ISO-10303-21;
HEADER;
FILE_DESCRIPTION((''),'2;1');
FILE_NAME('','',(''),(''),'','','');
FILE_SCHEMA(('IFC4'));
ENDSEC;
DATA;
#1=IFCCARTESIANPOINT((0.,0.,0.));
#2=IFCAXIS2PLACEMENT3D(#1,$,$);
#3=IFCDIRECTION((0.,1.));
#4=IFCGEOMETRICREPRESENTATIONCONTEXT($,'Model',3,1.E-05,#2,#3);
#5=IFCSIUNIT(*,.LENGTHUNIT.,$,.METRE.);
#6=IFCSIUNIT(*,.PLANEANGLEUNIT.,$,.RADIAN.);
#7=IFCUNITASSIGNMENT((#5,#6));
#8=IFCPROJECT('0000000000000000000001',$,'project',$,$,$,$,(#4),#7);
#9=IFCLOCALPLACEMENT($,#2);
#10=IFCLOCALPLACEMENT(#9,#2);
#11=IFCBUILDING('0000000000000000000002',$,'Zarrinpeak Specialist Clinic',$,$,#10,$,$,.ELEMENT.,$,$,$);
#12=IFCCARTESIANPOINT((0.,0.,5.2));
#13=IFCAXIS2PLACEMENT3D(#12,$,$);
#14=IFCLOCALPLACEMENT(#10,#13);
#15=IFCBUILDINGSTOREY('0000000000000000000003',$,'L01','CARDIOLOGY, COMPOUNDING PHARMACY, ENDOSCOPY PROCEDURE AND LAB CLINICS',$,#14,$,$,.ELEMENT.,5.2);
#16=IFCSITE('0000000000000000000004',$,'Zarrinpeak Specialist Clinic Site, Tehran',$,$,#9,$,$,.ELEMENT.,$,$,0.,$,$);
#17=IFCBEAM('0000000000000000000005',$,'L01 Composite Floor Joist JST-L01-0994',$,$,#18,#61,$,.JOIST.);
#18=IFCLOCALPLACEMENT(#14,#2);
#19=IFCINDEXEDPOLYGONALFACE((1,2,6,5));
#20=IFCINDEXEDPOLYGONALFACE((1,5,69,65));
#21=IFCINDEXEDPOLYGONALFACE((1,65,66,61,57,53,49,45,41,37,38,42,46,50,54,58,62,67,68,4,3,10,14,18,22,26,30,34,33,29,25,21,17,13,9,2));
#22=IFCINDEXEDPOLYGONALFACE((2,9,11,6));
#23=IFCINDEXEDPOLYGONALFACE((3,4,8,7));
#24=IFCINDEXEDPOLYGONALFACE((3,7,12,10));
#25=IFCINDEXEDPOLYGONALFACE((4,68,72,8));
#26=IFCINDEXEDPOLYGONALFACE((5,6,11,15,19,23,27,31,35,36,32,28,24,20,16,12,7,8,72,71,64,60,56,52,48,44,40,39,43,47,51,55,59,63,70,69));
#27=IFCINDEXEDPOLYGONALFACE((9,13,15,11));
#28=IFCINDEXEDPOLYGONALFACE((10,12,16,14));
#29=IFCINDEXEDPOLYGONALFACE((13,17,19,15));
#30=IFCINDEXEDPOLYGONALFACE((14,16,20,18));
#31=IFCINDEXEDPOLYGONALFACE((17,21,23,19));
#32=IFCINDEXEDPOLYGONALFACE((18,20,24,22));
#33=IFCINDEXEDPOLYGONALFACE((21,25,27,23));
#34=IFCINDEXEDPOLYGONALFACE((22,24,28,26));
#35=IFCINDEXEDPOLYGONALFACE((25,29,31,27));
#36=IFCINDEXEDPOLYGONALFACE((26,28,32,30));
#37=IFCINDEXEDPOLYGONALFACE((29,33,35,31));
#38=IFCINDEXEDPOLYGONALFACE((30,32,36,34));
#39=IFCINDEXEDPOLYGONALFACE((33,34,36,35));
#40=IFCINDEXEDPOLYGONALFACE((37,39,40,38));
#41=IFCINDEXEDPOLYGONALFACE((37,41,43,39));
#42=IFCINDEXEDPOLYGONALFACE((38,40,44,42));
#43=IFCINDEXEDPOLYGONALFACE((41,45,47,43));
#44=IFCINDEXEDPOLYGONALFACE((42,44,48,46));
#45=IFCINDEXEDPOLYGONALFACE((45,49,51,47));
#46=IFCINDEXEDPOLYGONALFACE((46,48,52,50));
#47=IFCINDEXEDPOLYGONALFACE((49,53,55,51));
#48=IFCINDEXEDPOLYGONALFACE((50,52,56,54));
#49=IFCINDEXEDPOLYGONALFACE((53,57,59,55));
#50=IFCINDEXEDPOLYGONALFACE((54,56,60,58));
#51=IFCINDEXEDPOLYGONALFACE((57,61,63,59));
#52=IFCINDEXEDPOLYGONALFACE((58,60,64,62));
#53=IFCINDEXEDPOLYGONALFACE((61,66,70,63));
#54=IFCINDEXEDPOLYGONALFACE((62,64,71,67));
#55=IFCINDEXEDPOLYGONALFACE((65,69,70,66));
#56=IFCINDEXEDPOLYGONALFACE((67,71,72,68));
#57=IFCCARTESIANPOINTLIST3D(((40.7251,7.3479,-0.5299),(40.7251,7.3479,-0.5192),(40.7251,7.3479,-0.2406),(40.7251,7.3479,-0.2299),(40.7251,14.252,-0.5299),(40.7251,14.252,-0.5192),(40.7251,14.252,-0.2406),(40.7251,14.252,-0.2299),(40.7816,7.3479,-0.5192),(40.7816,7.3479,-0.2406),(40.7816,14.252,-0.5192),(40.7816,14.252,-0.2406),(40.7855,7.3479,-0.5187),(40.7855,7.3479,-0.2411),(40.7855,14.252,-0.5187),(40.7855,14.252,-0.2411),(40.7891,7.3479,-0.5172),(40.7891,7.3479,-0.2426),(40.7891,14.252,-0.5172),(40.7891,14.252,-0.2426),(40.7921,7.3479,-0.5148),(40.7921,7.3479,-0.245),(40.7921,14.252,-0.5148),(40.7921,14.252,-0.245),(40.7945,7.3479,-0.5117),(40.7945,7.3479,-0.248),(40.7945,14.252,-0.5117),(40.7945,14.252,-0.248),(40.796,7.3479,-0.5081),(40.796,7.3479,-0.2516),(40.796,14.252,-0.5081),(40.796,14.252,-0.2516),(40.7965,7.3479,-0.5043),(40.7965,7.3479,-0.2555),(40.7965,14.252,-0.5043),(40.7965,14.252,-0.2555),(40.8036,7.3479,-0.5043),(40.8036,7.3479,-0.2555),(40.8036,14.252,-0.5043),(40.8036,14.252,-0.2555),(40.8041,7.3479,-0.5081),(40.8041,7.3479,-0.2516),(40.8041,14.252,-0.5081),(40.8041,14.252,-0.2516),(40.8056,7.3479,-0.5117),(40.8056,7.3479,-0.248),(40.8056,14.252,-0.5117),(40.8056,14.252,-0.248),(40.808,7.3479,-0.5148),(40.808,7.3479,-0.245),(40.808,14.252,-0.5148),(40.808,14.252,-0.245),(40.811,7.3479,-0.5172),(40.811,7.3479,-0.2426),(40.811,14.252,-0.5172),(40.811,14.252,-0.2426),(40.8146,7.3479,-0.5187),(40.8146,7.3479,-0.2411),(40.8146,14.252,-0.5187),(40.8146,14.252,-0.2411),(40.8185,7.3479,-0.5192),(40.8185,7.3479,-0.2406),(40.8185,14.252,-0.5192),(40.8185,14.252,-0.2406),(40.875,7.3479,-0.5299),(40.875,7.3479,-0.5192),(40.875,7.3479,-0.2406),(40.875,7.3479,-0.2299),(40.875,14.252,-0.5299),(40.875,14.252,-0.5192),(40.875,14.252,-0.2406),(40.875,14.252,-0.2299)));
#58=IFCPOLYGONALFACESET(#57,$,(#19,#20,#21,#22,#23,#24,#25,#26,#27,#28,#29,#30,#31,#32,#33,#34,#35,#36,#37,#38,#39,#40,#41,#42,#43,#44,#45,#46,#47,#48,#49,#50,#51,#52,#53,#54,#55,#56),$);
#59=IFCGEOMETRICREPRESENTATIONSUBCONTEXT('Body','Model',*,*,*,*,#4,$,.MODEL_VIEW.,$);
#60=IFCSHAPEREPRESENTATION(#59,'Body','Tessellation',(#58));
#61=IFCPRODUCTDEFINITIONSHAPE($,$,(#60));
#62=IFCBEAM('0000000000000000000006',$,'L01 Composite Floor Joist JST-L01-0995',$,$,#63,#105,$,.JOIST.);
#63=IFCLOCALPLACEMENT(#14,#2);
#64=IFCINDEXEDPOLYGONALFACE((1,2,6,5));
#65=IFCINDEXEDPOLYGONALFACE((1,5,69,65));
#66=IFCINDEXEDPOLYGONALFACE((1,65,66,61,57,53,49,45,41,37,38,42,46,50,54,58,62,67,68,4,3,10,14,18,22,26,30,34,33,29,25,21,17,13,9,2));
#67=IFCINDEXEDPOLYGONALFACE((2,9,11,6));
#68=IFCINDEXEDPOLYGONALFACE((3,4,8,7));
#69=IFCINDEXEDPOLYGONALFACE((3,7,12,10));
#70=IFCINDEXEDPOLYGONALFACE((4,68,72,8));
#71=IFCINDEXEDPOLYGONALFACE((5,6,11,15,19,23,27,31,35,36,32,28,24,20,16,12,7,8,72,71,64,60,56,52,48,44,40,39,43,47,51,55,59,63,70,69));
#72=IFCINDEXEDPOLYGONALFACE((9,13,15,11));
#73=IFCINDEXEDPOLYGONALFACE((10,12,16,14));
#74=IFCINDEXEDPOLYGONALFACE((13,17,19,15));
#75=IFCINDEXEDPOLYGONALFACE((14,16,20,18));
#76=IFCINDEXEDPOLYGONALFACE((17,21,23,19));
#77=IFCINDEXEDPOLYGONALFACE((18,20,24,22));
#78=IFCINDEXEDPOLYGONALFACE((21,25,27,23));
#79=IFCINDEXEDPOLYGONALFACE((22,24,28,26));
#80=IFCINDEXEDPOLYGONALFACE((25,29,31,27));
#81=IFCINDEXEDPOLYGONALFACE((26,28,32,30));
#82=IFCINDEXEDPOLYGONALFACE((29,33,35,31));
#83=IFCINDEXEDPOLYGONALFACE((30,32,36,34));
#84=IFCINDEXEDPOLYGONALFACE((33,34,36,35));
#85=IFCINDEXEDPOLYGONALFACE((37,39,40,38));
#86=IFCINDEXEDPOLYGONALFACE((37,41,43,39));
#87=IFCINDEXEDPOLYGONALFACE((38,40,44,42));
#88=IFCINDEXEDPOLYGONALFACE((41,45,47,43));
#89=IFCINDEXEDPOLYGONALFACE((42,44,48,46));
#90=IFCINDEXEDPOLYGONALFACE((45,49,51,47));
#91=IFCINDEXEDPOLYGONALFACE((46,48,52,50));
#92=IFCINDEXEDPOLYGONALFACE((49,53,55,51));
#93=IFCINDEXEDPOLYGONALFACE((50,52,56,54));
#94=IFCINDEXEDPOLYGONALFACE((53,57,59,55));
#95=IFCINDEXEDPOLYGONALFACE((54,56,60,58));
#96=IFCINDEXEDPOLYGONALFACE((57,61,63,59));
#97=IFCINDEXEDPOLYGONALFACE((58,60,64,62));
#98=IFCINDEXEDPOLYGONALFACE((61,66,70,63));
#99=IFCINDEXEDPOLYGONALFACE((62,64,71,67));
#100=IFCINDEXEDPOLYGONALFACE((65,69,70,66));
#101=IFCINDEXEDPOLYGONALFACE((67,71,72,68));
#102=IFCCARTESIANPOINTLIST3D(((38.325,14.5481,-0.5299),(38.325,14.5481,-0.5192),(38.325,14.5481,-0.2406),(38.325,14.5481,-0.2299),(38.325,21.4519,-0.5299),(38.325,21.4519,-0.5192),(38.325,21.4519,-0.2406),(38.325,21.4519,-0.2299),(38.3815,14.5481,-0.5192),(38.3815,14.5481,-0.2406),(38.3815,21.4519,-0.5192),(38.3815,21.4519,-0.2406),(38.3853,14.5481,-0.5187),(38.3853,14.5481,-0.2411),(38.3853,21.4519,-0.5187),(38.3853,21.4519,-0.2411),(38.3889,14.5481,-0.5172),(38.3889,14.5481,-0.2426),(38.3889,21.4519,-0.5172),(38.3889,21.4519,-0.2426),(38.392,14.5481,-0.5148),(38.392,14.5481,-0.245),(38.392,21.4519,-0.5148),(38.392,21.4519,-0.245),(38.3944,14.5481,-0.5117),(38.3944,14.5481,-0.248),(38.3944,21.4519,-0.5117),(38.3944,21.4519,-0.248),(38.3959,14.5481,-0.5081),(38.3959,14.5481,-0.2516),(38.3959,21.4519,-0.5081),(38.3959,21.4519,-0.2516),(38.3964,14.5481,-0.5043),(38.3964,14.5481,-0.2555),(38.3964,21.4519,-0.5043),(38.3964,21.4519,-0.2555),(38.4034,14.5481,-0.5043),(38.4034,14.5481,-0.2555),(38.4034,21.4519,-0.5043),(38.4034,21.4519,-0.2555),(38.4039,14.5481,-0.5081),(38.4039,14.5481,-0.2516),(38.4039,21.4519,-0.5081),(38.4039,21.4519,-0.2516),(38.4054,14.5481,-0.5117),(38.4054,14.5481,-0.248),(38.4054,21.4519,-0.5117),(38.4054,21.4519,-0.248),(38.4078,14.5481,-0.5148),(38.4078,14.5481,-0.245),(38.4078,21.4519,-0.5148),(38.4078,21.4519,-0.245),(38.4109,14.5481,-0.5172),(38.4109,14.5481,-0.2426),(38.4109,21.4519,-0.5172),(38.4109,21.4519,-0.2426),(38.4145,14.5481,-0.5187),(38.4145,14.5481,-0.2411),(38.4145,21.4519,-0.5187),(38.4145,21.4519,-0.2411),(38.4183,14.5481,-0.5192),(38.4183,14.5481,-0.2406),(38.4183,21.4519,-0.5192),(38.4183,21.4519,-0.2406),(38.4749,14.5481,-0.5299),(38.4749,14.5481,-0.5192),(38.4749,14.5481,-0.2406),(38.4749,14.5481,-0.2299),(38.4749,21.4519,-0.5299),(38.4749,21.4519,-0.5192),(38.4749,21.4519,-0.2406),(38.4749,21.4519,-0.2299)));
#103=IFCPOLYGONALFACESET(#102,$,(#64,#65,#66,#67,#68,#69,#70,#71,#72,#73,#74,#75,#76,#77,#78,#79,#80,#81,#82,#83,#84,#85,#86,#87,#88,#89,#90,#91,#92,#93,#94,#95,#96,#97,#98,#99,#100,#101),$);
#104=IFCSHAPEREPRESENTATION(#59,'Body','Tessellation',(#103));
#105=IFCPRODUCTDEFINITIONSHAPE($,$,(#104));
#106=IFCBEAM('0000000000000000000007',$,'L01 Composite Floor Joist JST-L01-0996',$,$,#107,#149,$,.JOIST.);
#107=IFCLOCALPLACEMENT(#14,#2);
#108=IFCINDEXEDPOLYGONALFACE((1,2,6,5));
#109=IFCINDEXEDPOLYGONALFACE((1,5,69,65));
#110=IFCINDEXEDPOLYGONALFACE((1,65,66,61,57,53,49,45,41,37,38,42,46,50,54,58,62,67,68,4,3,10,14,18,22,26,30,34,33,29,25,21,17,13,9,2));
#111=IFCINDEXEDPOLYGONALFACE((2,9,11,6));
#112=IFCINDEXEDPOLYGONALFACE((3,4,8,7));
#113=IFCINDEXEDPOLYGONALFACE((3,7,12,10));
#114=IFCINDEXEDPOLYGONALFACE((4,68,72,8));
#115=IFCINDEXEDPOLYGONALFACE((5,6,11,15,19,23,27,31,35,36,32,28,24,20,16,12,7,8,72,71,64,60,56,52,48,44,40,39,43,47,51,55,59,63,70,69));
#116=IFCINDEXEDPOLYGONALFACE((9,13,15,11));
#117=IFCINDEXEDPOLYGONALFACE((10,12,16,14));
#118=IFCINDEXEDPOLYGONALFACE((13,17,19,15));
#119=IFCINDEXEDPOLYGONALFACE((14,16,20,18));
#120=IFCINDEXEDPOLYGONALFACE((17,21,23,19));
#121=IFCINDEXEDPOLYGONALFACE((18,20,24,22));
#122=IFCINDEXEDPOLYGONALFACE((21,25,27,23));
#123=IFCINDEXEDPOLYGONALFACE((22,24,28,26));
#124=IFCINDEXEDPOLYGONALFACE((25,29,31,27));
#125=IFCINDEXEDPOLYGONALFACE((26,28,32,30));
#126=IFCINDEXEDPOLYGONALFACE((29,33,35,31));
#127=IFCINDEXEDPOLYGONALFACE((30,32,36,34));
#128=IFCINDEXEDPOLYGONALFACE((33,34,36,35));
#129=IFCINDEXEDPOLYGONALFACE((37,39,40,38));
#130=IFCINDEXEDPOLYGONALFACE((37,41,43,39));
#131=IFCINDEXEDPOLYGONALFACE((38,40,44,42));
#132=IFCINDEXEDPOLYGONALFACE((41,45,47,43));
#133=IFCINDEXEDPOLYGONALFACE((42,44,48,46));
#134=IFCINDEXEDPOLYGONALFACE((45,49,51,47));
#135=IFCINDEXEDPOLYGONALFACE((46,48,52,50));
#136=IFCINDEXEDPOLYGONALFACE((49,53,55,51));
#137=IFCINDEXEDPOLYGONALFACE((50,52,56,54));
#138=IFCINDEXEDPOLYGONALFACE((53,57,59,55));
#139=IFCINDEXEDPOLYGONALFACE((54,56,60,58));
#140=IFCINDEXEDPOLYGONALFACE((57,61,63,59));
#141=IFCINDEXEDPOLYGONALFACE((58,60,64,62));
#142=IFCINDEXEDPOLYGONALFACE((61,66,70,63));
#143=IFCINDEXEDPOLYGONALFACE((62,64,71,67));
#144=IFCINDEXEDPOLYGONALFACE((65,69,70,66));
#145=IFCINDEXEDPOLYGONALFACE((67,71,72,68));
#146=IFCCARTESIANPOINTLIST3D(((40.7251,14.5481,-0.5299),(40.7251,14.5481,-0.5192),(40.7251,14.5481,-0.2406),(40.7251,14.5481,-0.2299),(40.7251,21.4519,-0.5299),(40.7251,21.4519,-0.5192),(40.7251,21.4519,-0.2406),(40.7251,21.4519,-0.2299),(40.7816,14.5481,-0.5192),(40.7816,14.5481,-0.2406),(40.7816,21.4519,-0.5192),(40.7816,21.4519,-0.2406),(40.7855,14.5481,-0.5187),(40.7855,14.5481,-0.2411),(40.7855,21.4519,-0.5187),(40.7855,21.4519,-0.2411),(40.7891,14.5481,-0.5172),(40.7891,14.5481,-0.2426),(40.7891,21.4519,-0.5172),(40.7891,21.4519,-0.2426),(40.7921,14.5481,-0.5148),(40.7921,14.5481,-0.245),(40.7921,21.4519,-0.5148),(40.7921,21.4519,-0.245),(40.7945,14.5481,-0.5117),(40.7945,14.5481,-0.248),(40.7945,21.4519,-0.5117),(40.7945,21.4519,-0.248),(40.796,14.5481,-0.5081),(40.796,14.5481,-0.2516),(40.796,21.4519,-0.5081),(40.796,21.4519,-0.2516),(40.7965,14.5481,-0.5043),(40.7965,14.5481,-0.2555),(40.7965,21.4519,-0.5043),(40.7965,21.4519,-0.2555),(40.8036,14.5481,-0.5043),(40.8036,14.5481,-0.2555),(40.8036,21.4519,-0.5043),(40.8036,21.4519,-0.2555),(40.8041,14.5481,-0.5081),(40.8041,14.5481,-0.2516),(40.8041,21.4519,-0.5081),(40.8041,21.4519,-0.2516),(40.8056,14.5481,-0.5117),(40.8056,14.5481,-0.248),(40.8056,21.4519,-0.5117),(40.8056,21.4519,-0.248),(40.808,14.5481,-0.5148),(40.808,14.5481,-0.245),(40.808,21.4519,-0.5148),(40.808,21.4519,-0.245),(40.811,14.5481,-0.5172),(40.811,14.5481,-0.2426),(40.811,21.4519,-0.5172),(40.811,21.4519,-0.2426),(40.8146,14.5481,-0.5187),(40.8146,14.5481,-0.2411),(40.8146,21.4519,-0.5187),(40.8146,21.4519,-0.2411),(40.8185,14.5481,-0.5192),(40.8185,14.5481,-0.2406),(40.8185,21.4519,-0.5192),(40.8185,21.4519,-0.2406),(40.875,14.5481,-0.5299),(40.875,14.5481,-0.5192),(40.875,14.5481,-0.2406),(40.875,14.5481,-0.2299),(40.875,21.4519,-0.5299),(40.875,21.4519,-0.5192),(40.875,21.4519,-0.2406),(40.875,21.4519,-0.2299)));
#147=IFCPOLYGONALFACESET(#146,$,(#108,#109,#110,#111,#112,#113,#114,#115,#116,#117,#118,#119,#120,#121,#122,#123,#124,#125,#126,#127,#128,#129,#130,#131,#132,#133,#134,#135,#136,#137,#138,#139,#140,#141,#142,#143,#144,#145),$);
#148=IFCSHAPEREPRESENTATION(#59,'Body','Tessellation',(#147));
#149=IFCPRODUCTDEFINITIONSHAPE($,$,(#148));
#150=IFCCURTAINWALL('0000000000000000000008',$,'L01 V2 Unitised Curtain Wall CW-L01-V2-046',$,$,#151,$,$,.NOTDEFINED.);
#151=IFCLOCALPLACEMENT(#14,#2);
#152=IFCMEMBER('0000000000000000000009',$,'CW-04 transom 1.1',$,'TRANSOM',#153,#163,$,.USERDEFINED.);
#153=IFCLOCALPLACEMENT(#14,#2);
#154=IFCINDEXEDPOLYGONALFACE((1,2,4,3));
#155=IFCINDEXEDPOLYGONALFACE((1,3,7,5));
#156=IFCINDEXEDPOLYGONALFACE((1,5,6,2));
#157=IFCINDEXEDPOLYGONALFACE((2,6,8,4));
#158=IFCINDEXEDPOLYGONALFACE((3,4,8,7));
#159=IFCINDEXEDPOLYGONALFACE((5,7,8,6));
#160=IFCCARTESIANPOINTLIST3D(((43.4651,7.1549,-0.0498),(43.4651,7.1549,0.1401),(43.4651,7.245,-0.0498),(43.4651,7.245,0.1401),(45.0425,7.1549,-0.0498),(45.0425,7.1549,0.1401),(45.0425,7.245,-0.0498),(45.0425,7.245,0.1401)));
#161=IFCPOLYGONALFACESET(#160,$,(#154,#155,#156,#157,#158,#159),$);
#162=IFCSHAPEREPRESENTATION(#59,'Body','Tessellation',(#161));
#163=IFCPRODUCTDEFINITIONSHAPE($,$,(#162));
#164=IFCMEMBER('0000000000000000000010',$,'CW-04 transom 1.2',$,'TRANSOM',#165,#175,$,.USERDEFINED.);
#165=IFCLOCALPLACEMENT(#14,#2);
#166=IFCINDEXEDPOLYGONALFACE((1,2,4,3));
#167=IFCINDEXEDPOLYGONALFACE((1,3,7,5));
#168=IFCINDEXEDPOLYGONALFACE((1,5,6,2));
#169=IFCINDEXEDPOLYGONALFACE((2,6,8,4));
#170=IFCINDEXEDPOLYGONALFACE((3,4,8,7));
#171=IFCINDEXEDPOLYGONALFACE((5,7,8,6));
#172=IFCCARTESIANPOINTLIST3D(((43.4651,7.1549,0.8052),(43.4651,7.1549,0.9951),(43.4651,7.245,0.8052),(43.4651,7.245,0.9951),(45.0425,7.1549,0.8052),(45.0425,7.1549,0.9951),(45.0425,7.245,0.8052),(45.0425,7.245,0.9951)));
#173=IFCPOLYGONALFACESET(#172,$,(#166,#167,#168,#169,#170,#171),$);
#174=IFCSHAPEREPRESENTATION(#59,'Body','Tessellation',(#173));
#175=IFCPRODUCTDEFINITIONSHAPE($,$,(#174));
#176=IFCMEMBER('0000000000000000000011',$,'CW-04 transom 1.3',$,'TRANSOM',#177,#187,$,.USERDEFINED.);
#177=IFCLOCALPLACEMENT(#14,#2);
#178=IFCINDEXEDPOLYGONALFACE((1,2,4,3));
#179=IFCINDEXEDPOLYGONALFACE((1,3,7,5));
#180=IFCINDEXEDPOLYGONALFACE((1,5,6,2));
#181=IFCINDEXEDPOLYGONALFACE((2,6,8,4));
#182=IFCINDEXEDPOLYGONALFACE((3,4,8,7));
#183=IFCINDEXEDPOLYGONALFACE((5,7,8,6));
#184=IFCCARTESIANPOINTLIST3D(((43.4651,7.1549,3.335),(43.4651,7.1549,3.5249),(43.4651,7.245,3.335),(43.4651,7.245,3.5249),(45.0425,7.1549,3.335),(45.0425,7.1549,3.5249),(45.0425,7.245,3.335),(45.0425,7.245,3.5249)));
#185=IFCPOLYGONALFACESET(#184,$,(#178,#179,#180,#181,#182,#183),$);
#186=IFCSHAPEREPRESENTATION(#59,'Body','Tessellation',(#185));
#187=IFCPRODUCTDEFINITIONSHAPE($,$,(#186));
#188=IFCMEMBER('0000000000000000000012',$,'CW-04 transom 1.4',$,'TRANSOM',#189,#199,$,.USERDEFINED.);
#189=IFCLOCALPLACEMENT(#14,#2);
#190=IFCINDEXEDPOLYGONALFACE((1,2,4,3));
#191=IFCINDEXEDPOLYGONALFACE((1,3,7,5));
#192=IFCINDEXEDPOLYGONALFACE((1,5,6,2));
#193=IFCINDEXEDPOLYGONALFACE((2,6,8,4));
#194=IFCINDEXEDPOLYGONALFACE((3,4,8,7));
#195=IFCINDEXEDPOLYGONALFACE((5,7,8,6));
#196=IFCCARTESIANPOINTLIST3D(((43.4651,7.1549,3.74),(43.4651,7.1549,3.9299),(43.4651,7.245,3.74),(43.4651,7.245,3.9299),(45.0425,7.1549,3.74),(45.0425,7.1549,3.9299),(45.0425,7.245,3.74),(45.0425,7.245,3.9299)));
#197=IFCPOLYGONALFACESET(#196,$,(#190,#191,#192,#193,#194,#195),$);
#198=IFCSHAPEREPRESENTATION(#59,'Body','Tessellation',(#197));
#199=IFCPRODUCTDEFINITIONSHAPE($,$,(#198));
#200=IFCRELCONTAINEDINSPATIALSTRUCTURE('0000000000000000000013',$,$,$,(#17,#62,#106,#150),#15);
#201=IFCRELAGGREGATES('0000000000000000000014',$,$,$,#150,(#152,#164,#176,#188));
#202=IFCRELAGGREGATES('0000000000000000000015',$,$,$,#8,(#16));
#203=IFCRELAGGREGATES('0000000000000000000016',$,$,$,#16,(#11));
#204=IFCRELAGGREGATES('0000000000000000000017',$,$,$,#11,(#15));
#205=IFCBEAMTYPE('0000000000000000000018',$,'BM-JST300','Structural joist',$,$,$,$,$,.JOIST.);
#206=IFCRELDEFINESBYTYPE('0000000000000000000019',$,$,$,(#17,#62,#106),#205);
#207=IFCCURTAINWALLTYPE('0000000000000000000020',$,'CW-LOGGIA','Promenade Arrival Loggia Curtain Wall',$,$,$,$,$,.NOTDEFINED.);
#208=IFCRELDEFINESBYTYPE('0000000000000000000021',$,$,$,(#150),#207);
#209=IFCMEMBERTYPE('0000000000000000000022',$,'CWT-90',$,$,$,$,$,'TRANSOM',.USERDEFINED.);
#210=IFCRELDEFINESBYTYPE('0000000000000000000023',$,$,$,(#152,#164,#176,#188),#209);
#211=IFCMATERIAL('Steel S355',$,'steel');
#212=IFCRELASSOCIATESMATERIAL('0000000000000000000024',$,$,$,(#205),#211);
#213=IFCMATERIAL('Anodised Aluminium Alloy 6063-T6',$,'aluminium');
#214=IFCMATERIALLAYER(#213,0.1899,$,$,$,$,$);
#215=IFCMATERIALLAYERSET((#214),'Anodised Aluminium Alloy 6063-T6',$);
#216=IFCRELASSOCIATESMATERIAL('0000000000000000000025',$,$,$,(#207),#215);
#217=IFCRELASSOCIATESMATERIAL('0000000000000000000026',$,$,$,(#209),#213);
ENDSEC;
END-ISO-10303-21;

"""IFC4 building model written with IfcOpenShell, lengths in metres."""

from ifc_helpers import new_model, si_unit, direction, frame, origin, origin_2d, place, context, subcontext, project, spatial, rectangle, i_section, extrude, material, layer, layer_set, material_profile, profile_set, type_object, element, aggregate, save


model = new_model("IFC4")

# Units and contexts
model_context = context("Model", 3, precision=1e-05, world=origin(), true_north=direction((0.0, 1.0)))
body_context = subcontext(model_context, "Body", "Model", "MODEL_VIEW")
ifc_project = project(units=[si_unit("LENGTHUNIT", "METRE"), si_unit("PLANEANGLEUNIT", "RADIAN")], contexts=[model_context])

# Site, building, storey
site_placement = place(None, origin())
site = spatial("IfcSite", under=ifc_project, at=site_placement, Name="Zarrinpeak Specialist Clinic Site, Tehran", CompositionType="ELEMENT", RefElevation=0.0)
building_placement = place(site_placement, origin())
building = spatial("IfcBuilding", under=site, at=building_placement, Name="Zarrinpeak Specialist Clinic", CompositionType="ELEMENT")
storey_placement = place(building_placement, frame((0.0, 0.0, 5.2)))
storey = spatial("IfcBuildingStorey", under=building, at=storey_placement, Name="L01", Description="CARDIOLOGY, COMPOUNDING PHARMACY, ENDOSCOPY PROCEDURE AND LAB CLINICS", CompositionType="ELEMENT", Elevation=5.2)

# Shared definitions
ifc_material_1 = material(Name="Steel S355", Category="steel")

# Beams
ifc_material_profile_1 = material_profile(ifc_material_1, i_section(OverallWidth=0.1499, OverallDepth=0.3, WebThickness=0.0071, FlangeThickness=0.0107, FilletRadius=0.0149, at=origin_2d()), Name="IPE 300")
ifc_profile_set_1 = profile_set([ifc_material_profile_1], Name="Steel S355")
beam_type_1 = type_object("IfcBeamType", Name="BM-JST300", Description="Structural joist", PredefinedType="JOIST", material=ifc_profile_set_1)
for number, where, z_axis, x_axis, name in (
    (1, (40.8, 7.3479, -0.3799), (0.0, 1.0, 0.0), (-1.0, 0.0, 0.0), "L01 Composite Floor Joist JST-L01-0994"),
):
    element("IfcBeam", number, at=place(storey_placement, frame(where, z_axis=z_axis, x_axis=x_axis)), inside=storey, type_object=beam_type_1, Name=name, PredefinedType="JOIST", context=body_context, shape_type="SweptSolid", body=[
        extrude(i_section(OverallWidth=0.1499, OverallDepth=0.3, WebThickness=0.0071, FlangeThickness=0.0107, FilletRadius=0.0149, at=origin_2d()), origin(), (0.0, 0.0, 1.0), 6.9041),
    ])
for number, where, z_axis, x_axis, name in (
    (2, (38.3999, 14.5481, -0.3799), (0.0, 1.0, 0.0), (-1.0, 0.0, 0.0), "L01 Composite Floor Joist JST-L01-0995"),
    (3, (40.8, 14.5481, -0.3799), (0.0, 1.0, 0.0), (-1.0, 0.0, 0.0), "L01 Composite Floor Joist JST-L01-0996"),
):
    element("IfcBeam", number, at=place(storey_placement, frame(where, z_axis=z_axis, x_axis=x_axis)), inside=storey, type_object=beam_type_1, Name=name, PredefinedType="JOIST", context=body_context, shape_type="SweptSolid", body=[
        extrude(i_section(OverallWidth=0.1499, OverallDepth=0.3, WebThickness=0.0071, FlangeThickness=0.0107, FilletRadius=0.0149, at=origin_2d()), origin(), (0.0, 0.0, 1.0), 6.9038),
    ])

# Curtain wall, members
ifc_material_2 = material(Name="Anodised Aluminium Alloy 6063-T6", Category="aluminium")
ifc_layer_1 = layer(ifc_material_2, 0.1899)
ifc_layer_set_1 = layer_set([ifc_layer_1], Name="Anodised Aluminium Alloy 6063-T6")
curtain_wall_type = type_object("IfcCurtainWallType", Name="CW-LOGGIA", Description="Promenade Arrival Loggia Curtain Wall", PredefinedType="NOTDEFINED", material=ifc_layer_set_1)
curtain_wall_placement = place(storey_placement, origin())
curtain_wall = element("IfcCurtainWall", 4, at=curtain_wall_placement, inside=storey, type_object=curtain_wall_type, Name="L01 V2 Unitised Curtain Wall CW-L01-V2-046", PredefinedType="NOTDEFINED")
ifc_material_profile_2 = material_profile(ifc_material_2, rectangle(XDim=0.0901, YDim=0.1899, at=origin_2d()), Name="ALU 90x190")
ifc_profile_set_2 = profile_set([ifc_material_profile_2], Name="Anodised Aluminium Alloy 6063-T6")
member_type_1 = type_object("IfcMemberType", Name="CWT-90", ElementType="TRANSOM", PredefinedType="USERDEFINED", material=ifc_profile_set_2)
member_1_placement = place(storey_placement, frame((43.4651, 7.2, 0.0452), z_axis=(1.0, 0.0, 0.0), x_axis=(0.0, 1.0, 0.0)))
member_1 = element("IfcMember", 5, at=member_1_placement, type_object=member_type_1, Name="CW-04 transom 1.1", ObjectType="TRANSOM", PredefinedType="USERDEFINED", context=body_context, shape_type="SweptSolid", body=[
    extrude(rectangle(XDim=0.0901, YDim=0.1899, at=origin_2d()), origin(), (0.0, 0.0, 1.0), 1.5774),
])
member_2_placement = place(storey_placement, frame((43.4651, 7.2, 0.9001), z_axis=(1.0, 0.0, 0.0), x_axis=(0.0, 1.0, 0.0)))
member_2 = element("IfcMember", 6, at=member_2_placement, type_object=member_type_1, Name="CW-04 transom 1.2", ObjectType="TRANSOM", PredefinedType="USERDEFINED", context=body_context, shape_type="SweptSolid", body=[
    extrude(rectangle(XDim=0.0901, YDim=0.1899, at=origin_2d()), origin(), (0.0, 0.0, 1.0), 1.5774),
])
member_3_placement = place(storey_placement, frame((43.4651, 7.2, 3.4299), z_axis=(1.0, 0.0, 0.0), x_axis=(0.0, 1.0, 0.0)))
member_3 = element("IfcMember", 7, at=member_3_placement, type_object=member_type_1, Name="CW-04 transom 1.3", ObjectType="TRANSOM", PredefinedType="USERDEFINED", context=body_context, shape_type="SweptSolid", body=[
    extrude(rectangle(XDim=0.0901, YDim=0.1899, at=origin_2d()), origin(), (0.0, 0.0, 1.0), 1.5774),
])
member_4_placement = place(storey_placement, frame((43.4651, 7.2, 3.835), z_axis=(1.0, 0.0, 0.0), x_axis=(0.0, 1.0, 0.0)))
member_4 = element("IfcMember", 8, at=member_4_placement, type_object=member_type_1, Name="CW-04 transom 1.4", ObjectType="TRANSOM", PredefinedType="USERDEFINED", context=body_context, shape_type="SweptSolid", body=[
    extrude(rectangle(XDim=0.0901, YDim=0.1899, at=origin_2d()), origin(), (0.0, 0.0, 1.0), 1.5774),
])

aggregate(curtain_wall, [member_1, member_2, member_3, member_4])

save(model, "model.ifc")
